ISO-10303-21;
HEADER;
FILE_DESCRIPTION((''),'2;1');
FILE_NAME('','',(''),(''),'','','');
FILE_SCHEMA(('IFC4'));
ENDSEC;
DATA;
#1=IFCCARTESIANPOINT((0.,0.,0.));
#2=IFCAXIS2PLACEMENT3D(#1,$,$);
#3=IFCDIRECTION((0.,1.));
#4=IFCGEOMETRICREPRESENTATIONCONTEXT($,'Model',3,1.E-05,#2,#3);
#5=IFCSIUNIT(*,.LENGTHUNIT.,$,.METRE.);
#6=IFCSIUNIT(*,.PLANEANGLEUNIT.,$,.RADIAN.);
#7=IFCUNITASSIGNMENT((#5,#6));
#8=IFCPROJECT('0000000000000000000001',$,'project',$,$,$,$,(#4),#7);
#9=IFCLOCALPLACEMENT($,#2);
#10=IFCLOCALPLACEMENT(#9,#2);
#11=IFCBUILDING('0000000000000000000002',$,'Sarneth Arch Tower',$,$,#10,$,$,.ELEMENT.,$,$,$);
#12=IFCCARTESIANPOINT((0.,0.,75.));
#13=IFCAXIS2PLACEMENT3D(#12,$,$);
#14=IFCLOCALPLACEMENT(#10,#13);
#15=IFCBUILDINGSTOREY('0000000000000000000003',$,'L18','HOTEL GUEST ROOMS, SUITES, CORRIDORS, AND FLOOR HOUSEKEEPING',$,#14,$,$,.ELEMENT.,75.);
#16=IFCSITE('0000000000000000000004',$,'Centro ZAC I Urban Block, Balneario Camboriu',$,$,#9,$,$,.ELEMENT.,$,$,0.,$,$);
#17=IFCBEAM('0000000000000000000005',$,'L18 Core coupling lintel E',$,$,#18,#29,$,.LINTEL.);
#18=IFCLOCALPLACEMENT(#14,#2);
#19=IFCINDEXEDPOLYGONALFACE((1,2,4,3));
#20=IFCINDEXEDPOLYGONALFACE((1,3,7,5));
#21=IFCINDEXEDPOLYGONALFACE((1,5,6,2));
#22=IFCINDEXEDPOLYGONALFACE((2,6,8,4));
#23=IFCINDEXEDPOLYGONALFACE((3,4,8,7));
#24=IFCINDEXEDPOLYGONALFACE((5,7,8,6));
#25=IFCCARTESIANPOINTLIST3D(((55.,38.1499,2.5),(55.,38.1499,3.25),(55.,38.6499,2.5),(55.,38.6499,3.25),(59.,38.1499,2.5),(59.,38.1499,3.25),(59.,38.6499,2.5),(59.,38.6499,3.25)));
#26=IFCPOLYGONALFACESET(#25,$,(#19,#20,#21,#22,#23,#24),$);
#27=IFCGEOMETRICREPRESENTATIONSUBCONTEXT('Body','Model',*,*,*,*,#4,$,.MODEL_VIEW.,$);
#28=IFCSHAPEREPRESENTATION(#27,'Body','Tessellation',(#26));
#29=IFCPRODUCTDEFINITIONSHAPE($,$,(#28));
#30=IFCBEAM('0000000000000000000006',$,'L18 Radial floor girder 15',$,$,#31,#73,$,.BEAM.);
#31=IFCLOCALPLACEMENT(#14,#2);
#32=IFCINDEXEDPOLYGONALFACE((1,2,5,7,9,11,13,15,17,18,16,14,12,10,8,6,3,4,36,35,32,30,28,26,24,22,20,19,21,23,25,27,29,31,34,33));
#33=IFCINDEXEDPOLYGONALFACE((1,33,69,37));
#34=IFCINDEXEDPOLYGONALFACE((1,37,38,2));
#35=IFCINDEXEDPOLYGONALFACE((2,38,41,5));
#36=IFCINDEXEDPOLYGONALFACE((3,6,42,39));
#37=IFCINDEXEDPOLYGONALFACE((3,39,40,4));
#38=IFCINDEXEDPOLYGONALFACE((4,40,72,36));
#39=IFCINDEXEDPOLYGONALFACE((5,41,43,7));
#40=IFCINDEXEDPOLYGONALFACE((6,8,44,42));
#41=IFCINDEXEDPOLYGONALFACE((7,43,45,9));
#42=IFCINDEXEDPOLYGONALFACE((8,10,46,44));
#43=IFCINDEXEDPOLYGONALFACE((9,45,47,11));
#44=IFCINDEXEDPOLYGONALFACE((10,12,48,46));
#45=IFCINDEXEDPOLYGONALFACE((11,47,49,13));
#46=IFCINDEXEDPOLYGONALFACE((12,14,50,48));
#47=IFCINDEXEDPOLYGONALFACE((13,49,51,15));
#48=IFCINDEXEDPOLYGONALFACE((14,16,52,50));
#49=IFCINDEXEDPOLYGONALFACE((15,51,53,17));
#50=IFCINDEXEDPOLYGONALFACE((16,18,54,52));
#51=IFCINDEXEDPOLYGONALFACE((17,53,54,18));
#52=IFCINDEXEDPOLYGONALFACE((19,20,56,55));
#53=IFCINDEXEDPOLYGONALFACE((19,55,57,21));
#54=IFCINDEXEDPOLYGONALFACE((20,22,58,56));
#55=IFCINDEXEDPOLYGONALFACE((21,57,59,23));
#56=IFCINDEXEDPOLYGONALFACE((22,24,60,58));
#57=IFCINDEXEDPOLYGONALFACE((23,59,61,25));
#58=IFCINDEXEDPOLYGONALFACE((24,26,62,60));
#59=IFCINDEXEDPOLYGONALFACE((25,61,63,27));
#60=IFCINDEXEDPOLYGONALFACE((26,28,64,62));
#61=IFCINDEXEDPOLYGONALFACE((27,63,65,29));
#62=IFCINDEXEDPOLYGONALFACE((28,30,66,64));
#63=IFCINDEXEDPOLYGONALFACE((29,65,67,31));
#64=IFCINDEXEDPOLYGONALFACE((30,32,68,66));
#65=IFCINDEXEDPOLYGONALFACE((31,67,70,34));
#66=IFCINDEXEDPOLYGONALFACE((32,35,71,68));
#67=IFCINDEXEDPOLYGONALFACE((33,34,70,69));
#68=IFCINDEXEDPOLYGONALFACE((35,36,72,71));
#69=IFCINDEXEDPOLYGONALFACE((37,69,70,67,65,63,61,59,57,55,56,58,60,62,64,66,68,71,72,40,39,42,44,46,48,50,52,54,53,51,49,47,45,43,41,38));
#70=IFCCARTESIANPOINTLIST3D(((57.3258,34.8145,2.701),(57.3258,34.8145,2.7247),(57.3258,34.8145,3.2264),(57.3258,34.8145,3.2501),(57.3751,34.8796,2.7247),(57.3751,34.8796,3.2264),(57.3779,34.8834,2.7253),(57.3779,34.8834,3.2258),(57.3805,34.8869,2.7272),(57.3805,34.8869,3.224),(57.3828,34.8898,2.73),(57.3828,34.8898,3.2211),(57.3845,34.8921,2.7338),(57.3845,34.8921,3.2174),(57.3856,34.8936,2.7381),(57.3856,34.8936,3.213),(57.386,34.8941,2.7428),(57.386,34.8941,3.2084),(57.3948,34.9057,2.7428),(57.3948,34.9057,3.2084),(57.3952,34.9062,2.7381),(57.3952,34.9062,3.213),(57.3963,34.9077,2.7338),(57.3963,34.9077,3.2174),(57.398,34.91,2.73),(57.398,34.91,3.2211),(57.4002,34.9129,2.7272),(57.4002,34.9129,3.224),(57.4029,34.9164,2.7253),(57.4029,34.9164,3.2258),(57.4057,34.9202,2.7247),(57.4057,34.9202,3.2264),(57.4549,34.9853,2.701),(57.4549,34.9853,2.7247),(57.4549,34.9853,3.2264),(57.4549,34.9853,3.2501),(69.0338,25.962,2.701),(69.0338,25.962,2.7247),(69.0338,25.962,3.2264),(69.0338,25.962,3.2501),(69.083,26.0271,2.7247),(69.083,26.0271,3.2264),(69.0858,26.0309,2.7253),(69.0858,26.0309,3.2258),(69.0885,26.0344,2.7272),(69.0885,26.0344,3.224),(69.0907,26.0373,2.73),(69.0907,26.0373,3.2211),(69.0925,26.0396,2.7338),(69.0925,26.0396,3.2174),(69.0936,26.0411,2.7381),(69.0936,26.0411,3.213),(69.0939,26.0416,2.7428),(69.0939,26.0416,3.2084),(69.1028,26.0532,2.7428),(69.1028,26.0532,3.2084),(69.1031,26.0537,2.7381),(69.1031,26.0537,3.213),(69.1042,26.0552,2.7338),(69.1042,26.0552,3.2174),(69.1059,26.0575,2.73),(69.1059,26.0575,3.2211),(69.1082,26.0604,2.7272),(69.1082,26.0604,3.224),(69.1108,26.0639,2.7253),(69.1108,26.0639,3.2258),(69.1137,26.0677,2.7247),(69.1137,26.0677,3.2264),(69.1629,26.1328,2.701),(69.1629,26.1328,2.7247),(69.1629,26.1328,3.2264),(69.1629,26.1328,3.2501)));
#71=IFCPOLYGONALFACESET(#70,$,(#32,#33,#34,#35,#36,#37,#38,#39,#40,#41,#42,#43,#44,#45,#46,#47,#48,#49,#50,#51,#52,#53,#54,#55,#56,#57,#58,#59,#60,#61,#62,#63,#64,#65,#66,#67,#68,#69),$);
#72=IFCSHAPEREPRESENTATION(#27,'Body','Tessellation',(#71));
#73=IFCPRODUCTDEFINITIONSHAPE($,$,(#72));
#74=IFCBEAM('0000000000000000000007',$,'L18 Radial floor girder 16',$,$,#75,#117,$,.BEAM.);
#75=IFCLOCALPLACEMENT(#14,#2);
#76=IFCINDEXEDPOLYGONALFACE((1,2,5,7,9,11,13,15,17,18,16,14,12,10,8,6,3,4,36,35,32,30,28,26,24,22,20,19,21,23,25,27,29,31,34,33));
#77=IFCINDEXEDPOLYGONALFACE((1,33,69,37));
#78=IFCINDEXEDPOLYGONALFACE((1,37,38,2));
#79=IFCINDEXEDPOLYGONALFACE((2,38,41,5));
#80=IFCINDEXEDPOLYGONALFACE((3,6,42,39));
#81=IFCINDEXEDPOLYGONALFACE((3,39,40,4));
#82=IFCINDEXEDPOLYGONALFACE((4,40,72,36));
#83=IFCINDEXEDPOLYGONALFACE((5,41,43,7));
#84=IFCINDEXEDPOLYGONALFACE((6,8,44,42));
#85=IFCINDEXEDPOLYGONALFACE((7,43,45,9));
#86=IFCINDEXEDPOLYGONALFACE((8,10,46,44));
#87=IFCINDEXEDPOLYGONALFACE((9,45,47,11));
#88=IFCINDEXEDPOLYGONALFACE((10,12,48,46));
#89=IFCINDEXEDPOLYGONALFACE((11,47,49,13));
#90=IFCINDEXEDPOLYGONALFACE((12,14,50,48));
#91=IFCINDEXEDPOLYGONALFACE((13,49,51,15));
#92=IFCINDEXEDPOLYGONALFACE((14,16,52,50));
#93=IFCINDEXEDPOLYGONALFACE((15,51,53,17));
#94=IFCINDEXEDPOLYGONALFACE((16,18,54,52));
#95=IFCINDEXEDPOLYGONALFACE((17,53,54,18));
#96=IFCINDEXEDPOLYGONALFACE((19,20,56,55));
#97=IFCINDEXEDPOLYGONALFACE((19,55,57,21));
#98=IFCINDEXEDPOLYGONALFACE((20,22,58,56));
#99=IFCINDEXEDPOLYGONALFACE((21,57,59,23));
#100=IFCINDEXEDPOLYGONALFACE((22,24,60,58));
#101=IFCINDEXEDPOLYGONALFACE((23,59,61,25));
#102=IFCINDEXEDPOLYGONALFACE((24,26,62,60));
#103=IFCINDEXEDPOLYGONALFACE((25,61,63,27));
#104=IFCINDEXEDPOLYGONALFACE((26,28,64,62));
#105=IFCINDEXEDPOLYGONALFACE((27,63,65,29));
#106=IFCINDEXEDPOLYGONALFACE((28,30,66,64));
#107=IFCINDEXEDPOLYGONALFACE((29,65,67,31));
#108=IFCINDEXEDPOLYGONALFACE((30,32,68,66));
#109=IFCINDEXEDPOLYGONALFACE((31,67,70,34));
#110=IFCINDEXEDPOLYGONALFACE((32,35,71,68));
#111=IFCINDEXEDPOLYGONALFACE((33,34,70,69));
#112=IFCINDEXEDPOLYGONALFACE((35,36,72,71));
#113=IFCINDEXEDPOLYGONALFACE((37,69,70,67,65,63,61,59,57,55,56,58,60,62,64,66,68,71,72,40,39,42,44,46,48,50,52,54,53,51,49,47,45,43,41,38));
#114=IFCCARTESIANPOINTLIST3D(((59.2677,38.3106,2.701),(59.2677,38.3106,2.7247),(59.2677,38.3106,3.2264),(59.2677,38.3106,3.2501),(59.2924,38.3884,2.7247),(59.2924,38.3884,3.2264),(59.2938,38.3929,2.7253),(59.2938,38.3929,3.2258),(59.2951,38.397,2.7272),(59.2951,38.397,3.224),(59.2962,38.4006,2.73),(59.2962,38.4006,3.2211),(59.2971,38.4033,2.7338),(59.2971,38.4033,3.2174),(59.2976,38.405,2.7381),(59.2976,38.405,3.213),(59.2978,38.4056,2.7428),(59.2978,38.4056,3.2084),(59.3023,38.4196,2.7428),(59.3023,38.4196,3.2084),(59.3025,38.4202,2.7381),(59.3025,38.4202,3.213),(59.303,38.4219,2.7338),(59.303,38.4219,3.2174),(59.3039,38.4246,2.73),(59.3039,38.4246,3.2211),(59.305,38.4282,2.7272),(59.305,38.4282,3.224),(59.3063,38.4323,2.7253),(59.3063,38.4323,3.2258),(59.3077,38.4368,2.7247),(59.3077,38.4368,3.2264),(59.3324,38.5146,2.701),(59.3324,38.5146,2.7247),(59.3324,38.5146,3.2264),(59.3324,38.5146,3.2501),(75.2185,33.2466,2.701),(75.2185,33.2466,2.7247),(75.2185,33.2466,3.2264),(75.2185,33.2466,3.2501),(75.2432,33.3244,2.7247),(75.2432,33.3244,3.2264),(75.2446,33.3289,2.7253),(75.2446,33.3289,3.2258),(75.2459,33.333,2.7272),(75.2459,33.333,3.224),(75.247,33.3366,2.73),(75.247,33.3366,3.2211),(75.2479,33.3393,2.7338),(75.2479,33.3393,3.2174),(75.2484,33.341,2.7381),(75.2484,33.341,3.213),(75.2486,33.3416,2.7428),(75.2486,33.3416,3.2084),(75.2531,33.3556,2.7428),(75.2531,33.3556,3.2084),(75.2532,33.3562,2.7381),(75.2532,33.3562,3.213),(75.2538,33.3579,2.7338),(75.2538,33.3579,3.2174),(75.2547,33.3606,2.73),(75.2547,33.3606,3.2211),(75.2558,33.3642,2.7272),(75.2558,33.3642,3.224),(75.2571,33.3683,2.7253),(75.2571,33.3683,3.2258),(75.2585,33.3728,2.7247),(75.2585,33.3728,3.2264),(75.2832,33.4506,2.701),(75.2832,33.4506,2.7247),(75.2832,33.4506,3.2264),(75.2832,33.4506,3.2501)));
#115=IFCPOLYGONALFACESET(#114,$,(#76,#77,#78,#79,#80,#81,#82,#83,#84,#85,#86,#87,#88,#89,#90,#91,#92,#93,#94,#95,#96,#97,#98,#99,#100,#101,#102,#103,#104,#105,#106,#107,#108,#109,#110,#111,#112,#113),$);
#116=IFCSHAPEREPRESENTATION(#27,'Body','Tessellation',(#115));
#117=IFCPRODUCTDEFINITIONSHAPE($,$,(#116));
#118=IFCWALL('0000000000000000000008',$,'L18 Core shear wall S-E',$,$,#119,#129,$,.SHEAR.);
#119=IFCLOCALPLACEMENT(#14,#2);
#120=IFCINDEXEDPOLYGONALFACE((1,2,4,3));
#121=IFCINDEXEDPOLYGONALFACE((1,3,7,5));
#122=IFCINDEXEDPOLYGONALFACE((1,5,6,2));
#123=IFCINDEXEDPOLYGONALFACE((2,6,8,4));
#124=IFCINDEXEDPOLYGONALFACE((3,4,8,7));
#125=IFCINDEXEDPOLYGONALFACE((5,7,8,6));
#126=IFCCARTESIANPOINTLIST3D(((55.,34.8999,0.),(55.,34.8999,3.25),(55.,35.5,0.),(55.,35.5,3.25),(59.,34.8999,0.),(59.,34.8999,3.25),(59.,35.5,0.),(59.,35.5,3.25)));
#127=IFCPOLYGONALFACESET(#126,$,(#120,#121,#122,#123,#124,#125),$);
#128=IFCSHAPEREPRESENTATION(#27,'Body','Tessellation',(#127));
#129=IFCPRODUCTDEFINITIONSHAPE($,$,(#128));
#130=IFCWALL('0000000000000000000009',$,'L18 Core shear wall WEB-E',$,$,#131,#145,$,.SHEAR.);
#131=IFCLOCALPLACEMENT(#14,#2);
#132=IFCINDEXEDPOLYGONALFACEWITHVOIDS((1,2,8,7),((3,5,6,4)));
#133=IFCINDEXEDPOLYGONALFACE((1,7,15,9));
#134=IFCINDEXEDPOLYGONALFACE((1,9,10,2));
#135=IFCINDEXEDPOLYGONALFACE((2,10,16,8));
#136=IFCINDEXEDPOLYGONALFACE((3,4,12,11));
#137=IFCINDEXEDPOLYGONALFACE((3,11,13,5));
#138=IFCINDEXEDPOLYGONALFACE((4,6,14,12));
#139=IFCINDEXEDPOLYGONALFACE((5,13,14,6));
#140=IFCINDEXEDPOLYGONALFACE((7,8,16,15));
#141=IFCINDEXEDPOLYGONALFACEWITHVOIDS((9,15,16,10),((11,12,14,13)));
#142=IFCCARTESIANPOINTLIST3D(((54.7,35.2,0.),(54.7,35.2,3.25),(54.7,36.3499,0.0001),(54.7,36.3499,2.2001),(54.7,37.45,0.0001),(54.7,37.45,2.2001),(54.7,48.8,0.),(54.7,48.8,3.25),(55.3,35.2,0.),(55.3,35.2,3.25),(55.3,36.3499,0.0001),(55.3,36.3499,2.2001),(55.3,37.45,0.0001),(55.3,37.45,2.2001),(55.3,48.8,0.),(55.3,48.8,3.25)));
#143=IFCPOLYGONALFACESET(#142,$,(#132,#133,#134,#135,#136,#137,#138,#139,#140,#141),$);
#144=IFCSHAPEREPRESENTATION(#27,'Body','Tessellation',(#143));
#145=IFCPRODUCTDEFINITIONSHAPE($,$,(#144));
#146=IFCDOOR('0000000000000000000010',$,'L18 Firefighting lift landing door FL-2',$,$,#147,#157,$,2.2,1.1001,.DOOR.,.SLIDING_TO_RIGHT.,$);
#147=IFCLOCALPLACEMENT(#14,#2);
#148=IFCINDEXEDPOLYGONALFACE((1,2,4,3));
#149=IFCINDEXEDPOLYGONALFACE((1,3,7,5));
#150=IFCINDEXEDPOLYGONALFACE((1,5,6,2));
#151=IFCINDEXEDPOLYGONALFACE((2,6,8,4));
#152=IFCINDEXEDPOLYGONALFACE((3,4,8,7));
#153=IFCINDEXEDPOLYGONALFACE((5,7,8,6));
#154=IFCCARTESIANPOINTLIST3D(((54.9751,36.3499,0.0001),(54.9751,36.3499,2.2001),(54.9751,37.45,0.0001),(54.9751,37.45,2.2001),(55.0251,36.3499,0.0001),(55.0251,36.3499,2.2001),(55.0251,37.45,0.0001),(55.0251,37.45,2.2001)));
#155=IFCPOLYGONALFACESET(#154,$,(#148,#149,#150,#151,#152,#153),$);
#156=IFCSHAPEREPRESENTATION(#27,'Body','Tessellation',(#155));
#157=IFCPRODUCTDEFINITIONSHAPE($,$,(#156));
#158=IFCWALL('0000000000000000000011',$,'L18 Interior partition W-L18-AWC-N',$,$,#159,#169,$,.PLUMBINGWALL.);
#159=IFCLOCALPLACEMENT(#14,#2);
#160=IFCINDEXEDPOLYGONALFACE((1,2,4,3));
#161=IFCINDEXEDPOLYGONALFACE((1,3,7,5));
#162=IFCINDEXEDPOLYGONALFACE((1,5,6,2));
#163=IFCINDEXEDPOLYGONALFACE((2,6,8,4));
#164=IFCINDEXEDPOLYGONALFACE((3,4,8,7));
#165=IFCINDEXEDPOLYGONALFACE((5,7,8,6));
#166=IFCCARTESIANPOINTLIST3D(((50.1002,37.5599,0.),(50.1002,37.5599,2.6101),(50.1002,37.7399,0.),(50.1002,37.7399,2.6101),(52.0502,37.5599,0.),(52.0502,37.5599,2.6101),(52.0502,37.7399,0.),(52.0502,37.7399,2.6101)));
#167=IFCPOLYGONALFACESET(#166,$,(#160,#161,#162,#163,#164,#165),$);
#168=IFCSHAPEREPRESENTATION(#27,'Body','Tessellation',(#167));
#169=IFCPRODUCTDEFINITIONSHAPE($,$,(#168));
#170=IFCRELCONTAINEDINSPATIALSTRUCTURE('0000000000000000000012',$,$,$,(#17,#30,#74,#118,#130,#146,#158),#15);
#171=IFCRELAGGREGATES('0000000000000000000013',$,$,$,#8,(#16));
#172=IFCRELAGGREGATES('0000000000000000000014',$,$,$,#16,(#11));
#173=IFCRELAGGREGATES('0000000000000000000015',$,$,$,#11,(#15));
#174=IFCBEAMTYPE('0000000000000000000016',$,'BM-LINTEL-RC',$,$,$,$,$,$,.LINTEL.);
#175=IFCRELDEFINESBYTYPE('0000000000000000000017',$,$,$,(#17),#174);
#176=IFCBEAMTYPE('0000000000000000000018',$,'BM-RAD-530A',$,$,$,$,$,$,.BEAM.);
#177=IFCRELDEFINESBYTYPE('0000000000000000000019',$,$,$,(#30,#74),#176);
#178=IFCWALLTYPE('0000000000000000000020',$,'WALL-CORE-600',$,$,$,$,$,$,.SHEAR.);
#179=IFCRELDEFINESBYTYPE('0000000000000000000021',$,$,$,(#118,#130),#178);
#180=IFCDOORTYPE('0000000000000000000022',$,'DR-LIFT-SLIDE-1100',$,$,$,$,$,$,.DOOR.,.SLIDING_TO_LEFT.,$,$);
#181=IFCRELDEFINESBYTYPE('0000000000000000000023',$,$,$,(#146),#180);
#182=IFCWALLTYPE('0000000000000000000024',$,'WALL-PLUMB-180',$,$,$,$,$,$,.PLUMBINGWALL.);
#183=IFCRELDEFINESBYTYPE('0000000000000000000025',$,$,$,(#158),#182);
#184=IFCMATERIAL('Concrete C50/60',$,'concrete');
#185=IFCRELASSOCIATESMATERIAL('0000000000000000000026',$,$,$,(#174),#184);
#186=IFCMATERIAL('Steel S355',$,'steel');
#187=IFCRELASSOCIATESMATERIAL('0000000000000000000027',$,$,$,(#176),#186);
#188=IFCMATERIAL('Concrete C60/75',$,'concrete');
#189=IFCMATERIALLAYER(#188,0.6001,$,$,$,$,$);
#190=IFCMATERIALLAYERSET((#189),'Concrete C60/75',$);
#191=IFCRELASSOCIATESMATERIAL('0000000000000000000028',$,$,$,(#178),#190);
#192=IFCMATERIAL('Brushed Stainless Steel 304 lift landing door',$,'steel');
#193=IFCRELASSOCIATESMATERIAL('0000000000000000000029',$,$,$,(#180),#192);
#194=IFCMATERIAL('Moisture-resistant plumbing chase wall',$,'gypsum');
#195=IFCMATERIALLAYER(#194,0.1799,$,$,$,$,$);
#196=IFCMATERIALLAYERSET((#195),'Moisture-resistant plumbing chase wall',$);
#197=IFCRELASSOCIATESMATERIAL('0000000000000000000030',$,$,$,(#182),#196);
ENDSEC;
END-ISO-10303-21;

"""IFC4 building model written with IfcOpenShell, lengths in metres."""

from ifc_helpers import new_model, si_unit, direction, frame, frame_2d, origin, origin_2d, place, context, subcontext, project, spatial, rectangle, i_section, extrude, material, layer, layer_set, material_profile, profile_set, type_object, element, fill, save


model = new_model("IFC4")

# Units and contexts
model_context = context("Model", 3, precision=1e-05, world=origin(), true_north=direction((0.0, 1.0)))
body_context = subcontext(model_context, "Body", "Model", "MODEL_VIEW")
ifc_project = project(units=[si_unit("LENGTHUNIT", "METRE"), si_unit("PLANEANGLEUNIT", "RADIAN")], contexts=[model_context])

# Site, building, storey
site_placement = place(None, origin())
site = spatial("IfcSite", under=ifc_project, at=site_placement, Name="Centro ZAC I Urban Block, Balneario Camboriu", CompositionType="ELEMENT", RefElevation=0.0)
building_placement = place(site_placement, origin())
building = spatial("IfcBuilding", under=site, at=building_placement, Name="Sarneth Arch Tower", CompositionType="ELEMENT")
storey_placement = place(building_placement, frame((0.0, 0.0, 75.0)))
storey = spatial("IfcBuildingStorey", under=building, at=storey_placement, Name="L18", Description="HOTEL GUEST ROOMS, SUITES, CORRIDORS, AND FLOOR HOUSEKEEPING", CompositionType="ELEMENT", Elevation=75.0)

# Beams
ifc_material_1 = material(Name="Concrete C50/60", Category="concrete")
ifc_material_profile_1 = material_profile(ifc_material_1, rectangle(XDim=0.5, YDim=0.75, at=origin_2d()), Name="RC-500x750")
ifc_profile_set_1 = profile_set([ifc_material_profile_1], Name="Concrete C50/60")
beam_type_1 = type_object("IfcBeamType", Name="BM-LINTEL-RC", PredefinedType="LINTEL", material=ifc_profile_set_1)
beam_1_placement = place(storey_placement, frame((55.0, 38.3999, 2.875), z_axis=(1.0, 0.0, 0.0), x_axis=(0.0, 1.0, 0.0)))
element("IfcBeam", 1, at=beam_1_placement, inside=storey, type_object=beam_type_1, Name="L18 Core coupling lintel E", PredefinedType="LINTEL", context=body_context, shape_type="SweptSolid", body=[
    extrude(rectangle(XDim=0.5, YDim=0.75, at=origin_2d()), origin(), (0.0, 0.0, 1.0), 4.0),
])
ifc_material_2 = material(Name="Steel S355", Category="steel")
ifc_material_profile_2 = material_profile(ifc_material_2, i_section(OverallWidth=0.2141, OverallDepth=0.5491, WebThickness=0.0146, FlangeThickness=0.0237, FilletRadius=0.0181, at=origin_2d()), Name="W530x138")
ifc_profile_set_2 = profile_set([ifc_material_profile_2], Name="Steel S355")
beam_type_2 = type_object("IfcBeamType", Name="BM-RAD-530A", PredefinedType="BEAM", material=ifc_profile_set_2)
beam_2_placement = place(storey_placement, frame((57.3904, 34.8999, 2.9756), z_axis=(0.797655, -0.603114, 0.0), x_axis=(0.603114, 0.797655, 0.0)))
element("IfcBeam", 2, at=beam_2_placement, inside=storey, type_object=beam_type_2, Name="L18 Radial floor girder 15", PredefinedType="BEAM", context=body_context, shape_type="SweptSolid", body=[
    extrude(i_section(OverallWidth=0.2141, OverallDepth=0.5491, WebThickness=0.0146, FlangeThickness=0.0237, FilletRadius=0.0181, at=origin_2d()), origin(), (0.0, 0.0, 1.0), 14.678),
])
beam_3_placement = place(storey_placement, frame((59.3, 38.4126, 2.9756), z_axis=(0.95312, -0.302593, 0.0), x_axis=(0.302593, 0.95312, 0.0)))
element("IfcBeam", 3, at=beam_3_placement, inside=storey, type_object=beam_type_2, Name="L18 Radial floor girder 16", PredefinedType="BEAM", context=body_context, shape_type="SweptSolid", body=[
    extrude(i_section(OverallWidth=0.2141, OverallDepth=0.5491, WebThickness=0.0146, FlangeThickness=0.0237, FilletRadius=0.0181, at=origin_2d()), origin(), (0.0, 0.0, 1.0), 16.7354),
])

# Wall
ifc_material_3 = material(Name="Concrete C60/75", Category="concrete")
ifc_layer_1 = layer(ifc_material_3, 0.6001)
ifc_layer_set_1 = layer_set([ifc_layer_1], Name="Concrete C60/75")
wall_type_1 = type_object("IfcWallType", Name="WALL-CORE-600", PredefinedType="SHEAR", material=ifc_layer_set_1)
wall_1_placement = place(storey_placement, frame((55.0, 35.2, 0.0), z_axis=(0.0, 0.0, 1.0), x_axis=(1.0, 0.0, 0.0)))
element("IfcWall", 4, at=wall_1_placement, inside=storey, type_object=wall_type_1, Name="L18 Core shear wall S-E", PredefinedType="SHEAR", context=body_context, shape_type="SweptSolid", body=[
    extrude(rectangle(XDim=4.0, YDim=0.6001, at=frame_2d((2.0, 0.0))), origin(), (0.0, 0.0, 1.0), 3.25),
])

# Wall, opening, door
wall_2_placement = place(storey_placement, frame((55.0, 35.2, 0.0), z_axis=(0.0, 0.0, 1.0), x_axis=(0.0, 1.0, 0.0)))
wall_2 = element("IfcWall", 5, at=wall_2_placement, inside=storey, type_object=wall_type_1, Name="L18 Core shear wall WEB-E", PredefinedType="SHEAR", context=body_context, shape_type="SweptSolid", body=[
    extrude(rectangle(XDim=13.6001, YDim=0.6001, at=frame_2d((6.8, 0.0))), origin(), (0.0, 0.0, 1.0), 3.25),
])
opening_1_placement = place(wall_2_placement, frame((1.1499, 0.0, 0.0)))
opening_1 = element("IfcOpeningElement", 6, at=opening_1_placement, cuts=wall_2, PredefinedType="OPENING", context=body_context, shape_type="SweptSolid", body=[
    extrude(rectangle(XDim=1.1001, YDim=2.2, at=frame_2d((0.55, 1.1001))), frame((0.0, 0.3101, 0.0), z_axis=(0.0, -1.0, 0.0), x_axis=(1.0, 0.0, 0.0)), (0.0, 0.0, 1.0), 0.6201),
])
ifc_material_4 = material(Name="Brushed Stainless Steel 304 lift landing door", Category="steel")
door_type_1 = type_object("IfcDoorType", Name="DR-LIFT-SLIDE-1100", OperationType="SLIDING_TO_LEFT", PredefinedType="DOOR", material=ifc_material_4)
door_1_placement = place(opening_1_placement, origin())
door_1 = element("IfcDoor", 7, at=door_1_placement, inside=storey, type_object=door_type_1, Name="L18 Firefighting lift landing door FL-2", OperationType="SLIDING_TO_RIGHT", OverallHeight=2.2, OverallWidth=1.1001, PredefinedType="DOOR", context=body_context, shape_type="SweptSolid", body=[
    extrude(rectangle(XDim=1.1001, YDim=2.2, at=frame_2d((0.55, 1.1001))), frame((0.0, 0.0249, 0.0), z_axis=(0.0, -1.0, 0.0), x_axis=(1.0, 0.0, 0.0)), (0.0, 0.0, 1.0), 0.05),
])
fill(opening_1, door_1)

# Wall
ifc_material_5 = material(Name="Moisture-resistant plumbing chase wall", Category="gypsum")
ifc_layer_2 = layer(ifc_material_5, 0.1799)
ifc_layer_set_2 = layer_set([ifc_layer_2], Name="Moisture-resistant plumbing chase wall")
wall_type_2 = type_object("IfcWallType", Name="WALL-PLUMB-180", PredefinedType="PLUMBINGWALL", material=ifc_layer_set_2)
wall_3_placement = place(storey_placement, frame((50.1001, 37.6499, 0.0), z_axis=(0.0, 0.0, 1.0), x_axis=(1.0, 0.0, 0.0)))
element("IfcWall", 8, at=wall_3_placement, inside=storey, type_object=wall_type_2, Name="L18 Interior partition W-L18-AWC-N", PredefinedType="PLUMBINGWALL", context=body_context, shape_type="SweptSolid", body=[
    extrude(rectangle(XDim=1.95, YDim=0.1799, at=frame_2d((0.9751, 0.0))), origin(), (0.0, 0.0, 1.0), 2.6101),
])

save(model, "model.ifc")
